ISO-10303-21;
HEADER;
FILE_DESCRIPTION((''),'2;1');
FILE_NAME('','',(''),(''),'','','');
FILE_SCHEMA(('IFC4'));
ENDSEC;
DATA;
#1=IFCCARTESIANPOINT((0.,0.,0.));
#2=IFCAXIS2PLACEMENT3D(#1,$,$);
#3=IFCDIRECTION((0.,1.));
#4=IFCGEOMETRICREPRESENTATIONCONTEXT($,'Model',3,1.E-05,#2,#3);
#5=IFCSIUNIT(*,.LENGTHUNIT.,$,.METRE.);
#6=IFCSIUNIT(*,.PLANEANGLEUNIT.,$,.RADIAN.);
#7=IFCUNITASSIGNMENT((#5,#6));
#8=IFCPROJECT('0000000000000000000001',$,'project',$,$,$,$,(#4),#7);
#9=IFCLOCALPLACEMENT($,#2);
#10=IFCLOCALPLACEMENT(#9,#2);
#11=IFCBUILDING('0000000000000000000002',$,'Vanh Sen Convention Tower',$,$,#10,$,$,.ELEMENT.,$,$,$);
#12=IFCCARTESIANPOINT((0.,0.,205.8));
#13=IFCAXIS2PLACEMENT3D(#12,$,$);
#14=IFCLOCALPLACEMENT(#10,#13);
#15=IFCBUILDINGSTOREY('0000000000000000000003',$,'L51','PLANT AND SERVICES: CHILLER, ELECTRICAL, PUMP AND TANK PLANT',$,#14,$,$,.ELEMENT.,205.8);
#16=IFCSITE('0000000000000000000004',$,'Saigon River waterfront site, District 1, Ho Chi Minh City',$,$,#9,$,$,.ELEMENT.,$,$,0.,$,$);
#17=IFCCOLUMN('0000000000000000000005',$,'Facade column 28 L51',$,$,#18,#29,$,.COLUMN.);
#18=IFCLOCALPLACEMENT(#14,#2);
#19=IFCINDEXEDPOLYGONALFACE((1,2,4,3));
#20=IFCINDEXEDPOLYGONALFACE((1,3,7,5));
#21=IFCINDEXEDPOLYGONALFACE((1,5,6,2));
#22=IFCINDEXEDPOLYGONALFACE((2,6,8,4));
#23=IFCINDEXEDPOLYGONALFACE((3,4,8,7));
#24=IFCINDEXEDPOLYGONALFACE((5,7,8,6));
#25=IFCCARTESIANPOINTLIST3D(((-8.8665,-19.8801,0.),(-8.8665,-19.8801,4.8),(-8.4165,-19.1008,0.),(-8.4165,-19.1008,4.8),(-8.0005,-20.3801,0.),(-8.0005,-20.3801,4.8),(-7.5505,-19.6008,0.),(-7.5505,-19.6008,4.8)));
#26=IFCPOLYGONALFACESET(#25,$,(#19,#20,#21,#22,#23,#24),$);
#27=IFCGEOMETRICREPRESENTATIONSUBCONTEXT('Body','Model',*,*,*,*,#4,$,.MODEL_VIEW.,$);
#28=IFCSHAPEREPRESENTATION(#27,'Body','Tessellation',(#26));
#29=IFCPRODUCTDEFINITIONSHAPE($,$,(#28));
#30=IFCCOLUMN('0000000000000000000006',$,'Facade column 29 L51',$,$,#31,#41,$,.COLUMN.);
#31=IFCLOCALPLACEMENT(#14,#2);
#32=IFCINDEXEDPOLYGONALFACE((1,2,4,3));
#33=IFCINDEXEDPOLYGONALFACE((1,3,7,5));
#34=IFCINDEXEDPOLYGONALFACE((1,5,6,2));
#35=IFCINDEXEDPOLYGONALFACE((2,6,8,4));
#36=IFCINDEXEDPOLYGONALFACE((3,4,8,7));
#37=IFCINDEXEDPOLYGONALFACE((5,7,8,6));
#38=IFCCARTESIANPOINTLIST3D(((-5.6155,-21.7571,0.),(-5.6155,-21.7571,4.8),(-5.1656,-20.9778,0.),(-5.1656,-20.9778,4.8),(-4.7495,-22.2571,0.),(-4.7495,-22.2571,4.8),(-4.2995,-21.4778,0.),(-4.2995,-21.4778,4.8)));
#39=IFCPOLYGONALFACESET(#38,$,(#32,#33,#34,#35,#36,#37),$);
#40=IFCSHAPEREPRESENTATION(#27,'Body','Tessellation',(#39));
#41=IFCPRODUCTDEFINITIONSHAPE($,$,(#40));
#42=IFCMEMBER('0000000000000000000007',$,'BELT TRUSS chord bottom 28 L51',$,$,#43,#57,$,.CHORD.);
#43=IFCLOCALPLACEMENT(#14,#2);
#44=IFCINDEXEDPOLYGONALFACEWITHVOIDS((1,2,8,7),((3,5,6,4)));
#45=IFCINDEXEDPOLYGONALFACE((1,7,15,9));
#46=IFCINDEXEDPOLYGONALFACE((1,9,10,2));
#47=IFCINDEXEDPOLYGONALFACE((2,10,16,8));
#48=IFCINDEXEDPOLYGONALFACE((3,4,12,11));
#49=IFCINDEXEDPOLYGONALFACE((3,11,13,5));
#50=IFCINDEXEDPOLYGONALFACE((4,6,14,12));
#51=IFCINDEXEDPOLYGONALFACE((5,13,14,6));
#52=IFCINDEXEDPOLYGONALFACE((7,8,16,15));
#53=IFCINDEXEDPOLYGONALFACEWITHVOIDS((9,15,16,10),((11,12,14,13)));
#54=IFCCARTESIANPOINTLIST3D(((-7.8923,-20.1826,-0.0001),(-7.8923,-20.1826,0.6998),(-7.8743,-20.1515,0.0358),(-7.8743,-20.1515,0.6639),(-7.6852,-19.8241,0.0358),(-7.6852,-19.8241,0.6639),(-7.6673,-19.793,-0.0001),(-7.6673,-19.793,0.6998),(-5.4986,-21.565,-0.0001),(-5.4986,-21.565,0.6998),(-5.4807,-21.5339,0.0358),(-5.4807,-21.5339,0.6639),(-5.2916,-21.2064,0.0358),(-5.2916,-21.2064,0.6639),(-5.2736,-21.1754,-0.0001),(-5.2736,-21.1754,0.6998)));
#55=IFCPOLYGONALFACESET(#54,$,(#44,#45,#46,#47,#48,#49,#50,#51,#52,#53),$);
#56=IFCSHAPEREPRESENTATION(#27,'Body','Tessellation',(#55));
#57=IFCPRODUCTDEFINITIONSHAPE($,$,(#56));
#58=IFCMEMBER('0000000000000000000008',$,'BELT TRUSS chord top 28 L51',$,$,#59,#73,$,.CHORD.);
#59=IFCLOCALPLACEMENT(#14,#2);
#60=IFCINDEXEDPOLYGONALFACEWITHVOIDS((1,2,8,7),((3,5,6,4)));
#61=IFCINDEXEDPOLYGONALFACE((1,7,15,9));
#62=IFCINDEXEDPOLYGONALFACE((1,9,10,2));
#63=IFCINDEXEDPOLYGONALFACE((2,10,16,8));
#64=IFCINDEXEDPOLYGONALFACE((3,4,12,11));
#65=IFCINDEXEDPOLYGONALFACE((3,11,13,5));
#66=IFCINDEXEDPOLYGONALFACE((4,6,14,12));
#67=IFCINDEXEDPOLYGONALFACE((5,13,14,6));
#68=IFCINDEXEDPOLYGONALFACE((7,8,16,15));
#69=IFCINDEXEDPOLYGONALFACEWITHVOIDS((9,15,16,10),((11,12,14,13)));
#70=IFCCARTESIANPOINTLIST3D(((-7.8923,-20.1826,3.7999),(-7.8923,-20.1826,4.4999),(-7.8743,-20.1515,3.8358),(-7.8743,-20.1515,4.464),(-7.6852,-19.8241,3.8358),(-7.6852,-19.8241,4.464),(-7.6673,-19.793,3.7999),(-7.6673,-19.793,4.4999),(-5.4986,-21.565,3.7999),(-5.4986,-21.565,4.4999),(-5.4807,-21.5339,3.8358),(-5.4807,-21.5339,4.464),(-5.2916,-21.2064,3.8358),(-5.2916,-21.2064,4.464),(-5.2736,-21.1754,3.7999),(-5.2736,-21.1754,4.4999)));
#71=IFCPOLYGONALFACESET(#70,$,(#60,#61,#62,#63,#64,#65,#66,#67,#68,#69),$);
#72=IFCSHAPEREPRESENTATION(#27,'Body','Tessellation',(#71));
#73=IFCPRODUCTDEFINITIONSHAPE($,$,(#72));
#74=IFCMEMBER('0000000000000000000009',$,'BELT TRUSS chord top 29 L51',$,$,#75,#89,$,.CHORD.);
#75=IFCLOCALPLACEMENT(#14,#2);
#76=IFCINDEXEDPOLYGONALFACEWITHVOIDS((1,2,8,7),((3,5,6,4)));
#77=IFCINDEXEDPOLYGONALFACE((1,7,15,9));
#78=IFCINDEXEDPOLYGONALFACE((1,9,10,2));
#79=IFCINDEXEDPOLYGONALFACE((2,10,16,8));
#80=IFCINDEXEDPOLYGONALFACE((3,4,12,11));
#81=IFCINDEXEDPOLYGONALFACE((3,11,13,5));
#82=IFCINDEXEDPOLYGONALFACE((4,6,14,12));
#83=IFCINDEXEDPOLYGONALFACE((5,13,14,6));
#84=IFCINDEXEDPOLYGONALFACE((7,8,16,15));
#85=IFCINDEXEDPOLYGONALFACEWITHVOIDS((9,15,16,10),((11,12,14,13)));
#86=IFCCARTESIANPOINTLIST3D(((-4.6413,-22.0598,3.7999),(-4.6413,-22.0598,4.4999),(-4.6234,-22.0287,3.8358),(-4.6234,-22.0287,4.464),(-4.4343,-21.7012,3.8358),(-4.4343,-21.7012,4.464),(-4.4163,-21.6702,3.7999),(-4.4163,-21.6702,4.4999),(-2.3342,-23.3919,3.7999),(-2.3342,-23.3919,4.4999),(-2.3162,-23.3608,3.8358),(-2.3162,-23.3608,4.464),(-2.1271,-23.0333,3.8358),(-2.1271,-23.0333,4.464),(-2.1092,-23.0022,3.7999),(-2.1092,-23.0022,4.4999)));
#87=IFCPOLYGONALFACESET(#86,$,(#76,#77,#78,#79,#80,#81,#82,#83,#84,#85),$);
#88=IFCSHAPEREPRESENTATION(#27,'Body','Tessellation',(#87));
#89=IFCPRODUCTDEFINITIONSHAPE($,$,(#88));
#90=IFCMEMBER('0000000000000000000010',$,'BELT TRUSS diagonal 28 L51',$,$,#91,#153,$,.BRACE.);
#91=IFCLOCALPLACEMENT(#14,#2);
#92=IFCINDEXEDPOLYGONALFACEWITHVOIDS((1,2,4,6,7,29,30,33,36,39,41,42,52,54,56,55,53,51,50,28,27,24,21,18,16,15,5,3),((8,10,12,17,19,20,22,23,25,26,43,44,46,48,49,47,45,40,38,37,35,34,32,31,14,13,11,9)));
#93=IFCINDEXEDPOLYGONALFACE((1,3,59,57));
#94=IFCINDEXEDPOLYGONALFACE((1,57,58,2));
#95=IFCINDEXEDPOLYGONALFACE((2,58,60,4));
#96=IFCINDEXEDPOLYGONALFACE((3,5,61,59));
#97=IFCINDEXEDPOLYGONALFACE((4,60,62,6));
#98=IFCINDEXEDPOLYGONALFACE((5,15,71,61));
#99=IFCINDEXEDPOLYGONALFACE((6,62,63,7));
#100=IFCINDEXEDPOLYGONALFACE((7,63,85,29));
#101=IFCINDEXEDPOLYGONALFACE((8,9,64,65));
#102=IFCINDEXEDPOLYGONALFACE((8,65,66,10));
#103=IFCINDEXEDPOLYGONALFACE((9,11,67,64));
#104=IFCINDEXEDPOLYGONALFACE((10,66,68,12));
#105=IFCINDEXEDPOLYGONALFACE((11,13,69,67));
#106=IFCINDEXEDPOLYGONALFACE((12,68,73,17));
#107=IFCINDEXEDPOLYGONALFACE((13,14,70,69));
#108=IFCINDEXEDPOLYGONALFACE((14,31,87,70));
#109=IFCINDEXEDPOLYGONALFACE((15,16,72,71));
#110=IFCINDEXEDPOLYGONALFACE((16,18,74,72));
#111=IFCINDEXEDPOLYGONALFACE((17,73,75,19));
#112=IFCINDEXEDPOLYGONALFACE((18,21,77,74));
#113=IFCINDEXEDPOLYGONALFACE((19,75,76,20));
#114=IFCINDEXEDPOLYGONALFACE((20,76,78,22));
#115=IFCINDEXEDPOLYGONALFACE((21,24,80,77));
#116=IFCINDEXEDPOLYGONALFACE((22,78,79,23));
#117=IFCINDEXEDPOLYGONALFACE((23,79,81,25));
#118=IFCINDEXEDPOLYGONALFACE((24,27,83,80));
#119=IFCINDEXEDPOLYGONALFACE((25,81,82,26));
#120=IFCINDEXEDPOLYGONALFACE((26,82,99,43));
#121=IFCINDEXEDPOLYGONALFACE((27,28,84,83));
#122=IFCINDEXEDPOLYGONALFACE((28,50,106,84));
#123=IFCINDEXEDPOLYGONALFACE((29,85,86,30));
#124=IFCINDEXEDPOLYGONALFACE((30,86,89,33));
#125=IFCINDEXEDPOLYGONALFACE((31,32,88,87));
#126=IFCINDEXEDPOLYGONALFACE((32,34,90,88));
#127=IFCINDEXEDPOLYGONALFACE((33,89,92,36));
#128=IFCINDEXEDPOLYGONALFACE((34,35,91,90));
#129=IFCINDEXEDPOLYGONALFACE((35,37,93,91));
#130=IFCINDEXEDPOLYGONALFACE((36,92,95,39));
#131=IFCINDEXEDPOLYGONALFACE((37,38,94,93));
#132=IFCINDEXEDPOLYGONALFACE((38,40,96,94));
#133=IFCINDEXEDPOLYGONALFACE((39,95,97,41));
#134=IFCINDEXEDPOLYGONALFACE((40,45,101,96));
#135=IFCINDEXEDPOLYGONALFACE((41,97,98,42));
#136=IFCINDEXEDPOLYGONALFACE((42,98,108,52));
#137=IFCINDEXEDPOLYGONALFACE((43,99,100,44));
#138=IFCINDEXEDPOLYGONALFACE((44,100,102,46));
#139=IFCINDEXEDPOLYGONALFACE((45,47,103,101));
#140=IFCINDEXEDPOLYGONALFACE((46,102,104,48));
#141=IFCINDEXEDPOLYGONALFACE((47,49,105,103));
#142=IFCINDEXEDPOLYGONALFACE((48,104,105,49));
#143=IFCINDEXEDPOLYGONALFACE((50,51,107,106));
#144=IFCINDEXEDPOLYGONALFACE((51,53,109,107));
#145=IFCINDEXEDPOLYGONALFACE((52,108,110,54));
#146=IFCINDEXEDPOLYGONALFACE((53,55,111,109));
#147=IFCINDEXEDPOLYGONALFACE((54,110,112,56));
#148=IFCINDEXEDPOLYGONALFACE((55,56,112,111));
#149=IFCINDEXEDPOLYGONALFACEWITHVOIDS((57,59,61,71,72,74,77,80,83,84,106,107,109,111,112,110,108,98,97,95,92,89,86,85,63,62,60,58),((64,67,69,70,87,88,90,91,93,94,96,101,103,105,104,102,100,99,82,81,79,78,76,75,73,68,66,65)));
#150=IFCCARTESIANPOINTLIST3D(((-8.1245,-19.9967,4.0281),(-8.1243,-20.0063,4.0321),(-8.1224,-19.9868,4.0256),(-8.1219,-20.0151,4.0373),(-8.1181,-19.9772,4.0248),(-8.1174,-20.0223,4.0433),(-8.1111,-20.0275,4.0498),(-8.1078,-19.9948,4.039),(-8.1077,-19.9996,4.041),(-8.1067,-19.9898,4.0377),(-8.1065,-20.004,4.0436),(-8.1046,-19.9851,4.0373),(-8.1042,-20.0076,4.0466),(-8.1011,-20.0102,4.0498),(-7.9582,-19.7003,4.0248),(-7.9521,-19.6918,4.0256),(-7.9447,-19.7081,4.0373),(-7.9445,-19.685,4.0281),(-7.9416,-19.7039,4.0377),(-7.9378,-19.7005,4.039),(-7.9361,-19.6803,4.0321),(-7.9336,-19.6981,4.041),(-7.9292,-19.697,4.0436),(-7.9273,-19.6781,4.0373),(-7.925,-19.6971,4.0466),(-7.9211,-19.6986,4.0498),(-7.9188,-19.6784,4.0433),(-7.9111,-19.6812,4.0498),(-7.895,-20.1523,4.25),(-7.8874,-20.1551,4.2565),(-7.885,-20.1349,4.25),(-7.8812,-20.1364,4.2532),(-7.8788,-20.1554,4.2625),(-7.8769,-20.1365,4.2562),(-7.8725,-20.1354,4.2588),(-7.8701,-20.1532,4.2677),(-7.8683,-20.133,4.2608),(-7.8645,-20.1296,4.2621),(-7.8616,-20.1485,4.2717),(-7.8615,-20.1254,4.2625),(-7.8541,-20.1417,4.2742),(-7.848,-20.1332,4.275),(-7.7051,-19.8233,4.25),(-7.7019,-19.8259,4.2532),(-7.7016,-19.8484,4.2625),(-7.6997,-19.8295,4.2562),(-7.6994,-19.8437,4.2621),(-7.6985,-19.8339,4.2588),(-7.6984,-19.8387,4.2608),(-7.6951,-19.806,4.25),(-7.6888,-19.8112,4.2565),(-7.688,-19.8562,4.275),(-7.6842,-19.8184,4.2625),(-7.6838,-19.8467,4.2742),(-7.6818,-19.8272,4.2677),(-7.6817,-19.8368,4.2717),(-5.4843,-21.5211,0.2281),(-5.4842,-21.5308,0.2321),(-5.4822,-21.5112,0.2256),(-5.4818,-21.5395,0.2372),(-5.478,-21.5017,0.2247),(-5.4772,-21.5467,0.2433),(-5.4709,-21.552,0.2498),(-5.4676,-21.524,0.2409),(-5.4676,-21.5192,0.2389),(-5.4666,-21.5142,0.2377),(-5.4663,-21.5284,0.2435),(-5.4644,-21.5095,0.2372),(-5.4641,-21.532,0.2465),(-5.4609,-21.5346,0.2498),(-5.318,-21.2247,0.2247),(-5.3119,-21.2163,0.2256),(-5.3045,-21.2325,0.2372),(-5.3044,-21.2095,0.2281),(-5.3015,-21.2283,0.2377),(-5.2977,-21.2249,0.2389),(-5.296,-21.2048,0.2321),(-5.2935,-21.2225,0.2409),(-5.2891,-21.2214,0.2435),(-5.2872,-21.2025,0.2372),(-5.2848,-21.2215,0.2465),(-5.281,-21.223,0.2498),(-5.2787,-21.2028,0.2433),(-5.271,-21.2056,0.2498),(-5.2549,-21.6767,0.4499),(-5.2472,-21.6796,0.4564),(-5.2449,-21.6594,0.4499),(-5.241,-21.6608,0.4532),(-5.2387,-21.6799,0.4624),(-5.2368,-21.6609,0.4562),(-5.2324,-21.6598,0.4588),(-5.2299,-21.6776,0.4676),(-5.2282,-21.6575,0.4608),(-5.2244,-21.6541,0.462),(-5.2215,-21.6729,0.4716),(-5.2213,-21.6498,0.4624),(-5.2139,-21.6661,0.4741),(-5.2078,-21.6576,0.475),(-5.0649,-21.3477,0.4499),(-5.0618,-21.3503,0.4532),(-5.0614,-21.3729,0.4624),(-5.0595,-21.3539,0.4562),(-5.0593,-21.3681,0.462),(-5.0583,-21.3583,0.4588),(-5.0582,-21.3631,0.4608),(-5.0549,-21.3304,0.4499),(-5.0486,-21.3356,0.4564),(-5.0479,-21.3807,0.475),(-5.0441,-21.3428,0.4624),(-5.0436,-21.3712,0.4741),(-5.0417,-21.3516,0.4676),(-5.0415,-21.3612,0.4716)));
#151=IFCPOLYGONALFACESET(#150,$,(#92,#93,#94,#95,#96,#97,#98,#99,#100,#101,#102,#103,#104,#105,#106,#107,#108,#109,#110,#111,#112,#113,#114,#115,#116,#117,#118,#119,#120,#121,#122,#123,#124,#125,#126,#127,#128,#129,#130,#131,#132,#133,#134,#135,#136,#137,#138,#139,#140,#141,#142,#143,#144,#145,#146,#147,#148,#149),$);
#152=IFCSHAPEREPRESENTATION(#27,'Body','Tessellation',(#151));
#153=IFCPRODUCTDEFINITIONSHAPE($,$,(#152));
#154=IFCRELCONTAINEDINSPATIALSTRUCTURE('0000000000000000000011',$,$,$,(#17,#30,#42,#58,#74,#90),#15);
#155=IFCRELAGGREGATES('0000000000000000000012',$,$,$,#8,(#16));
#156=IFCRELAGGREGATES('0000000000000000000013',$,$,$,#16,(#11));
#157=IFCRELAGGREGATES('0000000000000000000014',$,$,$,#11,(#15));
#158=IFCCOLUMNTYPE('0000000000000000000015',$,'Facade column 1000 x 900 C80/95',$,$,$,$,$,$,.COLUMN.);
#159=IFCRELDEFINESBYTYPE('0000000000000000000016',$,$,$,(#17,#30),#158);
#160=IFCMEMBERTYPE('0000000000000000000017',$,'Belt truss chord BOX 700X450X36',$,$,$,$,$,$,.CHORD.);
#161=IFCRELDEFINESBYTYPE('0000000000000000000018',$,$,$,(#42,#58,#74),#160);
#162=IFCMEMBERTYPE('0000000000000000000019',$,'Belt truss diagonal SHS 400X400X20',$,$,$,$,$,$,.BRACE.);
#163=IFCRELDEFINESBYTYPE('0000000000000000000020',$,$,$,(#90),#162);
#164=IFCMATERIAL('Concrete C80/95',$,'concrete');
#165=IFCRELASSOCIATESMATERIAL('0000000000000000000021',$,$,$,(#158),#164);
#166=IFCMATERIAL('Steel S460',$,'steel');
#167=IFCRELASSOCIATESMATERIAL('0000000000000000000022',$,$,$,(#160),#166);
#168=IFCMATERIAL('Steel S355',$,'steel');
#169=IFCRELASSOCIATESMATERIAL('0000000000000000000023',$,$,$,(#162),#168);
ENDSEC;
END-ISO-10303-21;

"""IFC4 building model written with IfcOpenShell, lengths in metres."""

from ifc_helpers import new_model, si_unit, direction, frame, origin, origin_2d, place, context, subcontext, project, spatial, rectangle, hollow_rectangle, extrude, material, material_profile, profile_set, type_object, element, save


model = new_model("IFC4")

# Units and contexts
model_context = context("Model", 3, precision=1e-05, world=origin(), true_north=direction((0.0, 1.0)))
body_context = subcontext(model_context, "Body", "Model", "MODEL_VIEW")
ifc_project = project(units=[si_unit("LENGTHUNIT", "METRE"), si_unit("PLANEANGLEUNIT", "RADIAN")], contexts=[model_context])

# Site, building, storey
site_placement = place(None, origin())
site = spatial("IfcSite", under=ifc_project, at=site_placement, Name="Saigon River waterfront site, District 1, Ho Chi Minh City", CompositionType="ELEMENT", RefElevation=0.0)
building_placement = place(site_placement, origin())
building = spatial("IfcBuilding", under=site, at=building_placement, Name="Vanh Sen Convention Tower", CompositionType="ELEMENT")
storey_placement = place(building_placement, frame((0.0, 0.0, 205.8)))
storey = spatial("IfcBuildingStorey", under=building, at=storey_placement, Name="L51", Description="PLANT AND SERVICES: CHILLER, ELECTRICAL, PUMP AND TANK PLANT", CompositionType="ELEMENT", Elevation=205.8)

# Columns
ifc_material_1 = material(Name="Concrete C80/95", Category="concrete")
ifc_material_profile_1 = material_profile(ifc_material_1, rectangle(XDim=1.0, YDim=0.8999, at=origin_2d()), Name="RC 1000X900")
ifc_profile_set_1 = profile_set([ifc_material_profile_1], Name="Concrete C80/95")
column_type = type_object("IfcColumnType", Name="Facade column 1000 x 900 C80/95", PredefinedType="COLUMN", material=ifc_profile_set_1)
for number, where, z_axis, x_axis, name in (
    (1, (-8.2085, -19.7405, 0.0), (0.0, 0.0, 1.0), (0.866025, -0.5, 0.0), "Facade column 28 L51"),
    (2, (-4.9575, -21.6174, 0.0), (0.0, 0.0, 1.0), (0.866025, -0.5, 0.0), "Facade column 29 L51"),
):
    element("IfcColumn", number, at=place(storey_placement, frame(where, z_axis=z_axis, x_axis=x_axis)), inside=storey, type_object=column_type, Name=name, PredefinedType="COLUMN", context=body_context, shape_type="SweptSolid", body=[
        extrude(rectangle(XDim=1.0, YDim=0.8999, at=origin_2d()), origin(), (0.0, 0.0, 1.0), 4.8),
    ])

# Members
ifc_material_2 = material(Name="Steel S460", Category="steel")
ifc_material_profile_2 = material_profile(ifc_material_2, hollow_rectangle(XDim=0.45, YDim=0.7, WallThickness=0.0359, at=origin_2d()), Name="BOX 700X450X36")
ifc_profile_set_2 = profile_set([ifc_material_profile_2], Name="Steel S460")
member_type_1 = type_object("IfcMemberType", Name="Belt truss chord BOX 700X450X36", PredefinedType="CHORD", material=ifc_profile_set_2)
for number, where, z_axis, x_axis, name in (
    (3, (-7.7798, -19.9878, 0.3499), (0.865962, -0.50011, 0.0), (0.50011, 0.865962, 0.0), "BELT TRUSS chord bottom 28 L51"),
    (4, (-7.7798, -19.9878, 4.1499), (0.865962, -0.50011, 0.0), (0.50011, 0.865962, 0.0), "BELT TRUSS chord top 28 L51"),
):
    element("IfcMember", number, at=place(storey_placement, frame(where, z_axis=z_axis, x_axis=x_axis)), inside=storey, type_object=member_type_1, Name=name, PredefinedType="CHORD", context=body_context, shape_type="SweptSolid", body=[
        extrude(hollow_rectangle(XDim=0.45, YDim=0.7, WallThickness=0.0359, at=origin_2d()), origin(), (0.0, 0.0, 1.0), 2.7642),
    ])
member_1_placement = place(storey_placement, frame((-4.5288, -21.865, 4.1499), z_axis=(0.866024, -0.500003, 0.0), x_axis=(0.500003, 0.866024, 0.0)))
element("IfcMember", 5, at=member_1_placement, inside=storey, type_object=member_type_1, Name="BELT TRUSS chord top 29 L51", PredefinedType="CHORD", context=body_context, shape_type="SweptSolid", body=[
    extrude(hollow_rectangle(XDim=0.45, YDim=0.7, WallThickness=0.0359, at=origin_2d()), origin(), (0.0, 0.0, 1.0), 2.6641),
])
ifc_material_3 = material(Name="Steel S355", Category="steel")
ifc_material_profile_3 = material_profile(ifc_material_3, hollow_rectangle(XDim=0.3999, YDim=0.3999, WallThickness=0.02, InnerFilletRadius=0.02, OuterFilletRadius=0.04, at=origin_2d()), Name="SHS 400X400X20")
ifc_profile_set_3 = profile_set([ifc_material_profile_3], Name="Steel S355")
member_type_2 = type_object("IfcMemberType", Name="Belt truss diagonal SHS 400X400X20", PredefinedType="BRACE", material=ifc_profile_set_3)
member_2_placement = place(storey_placement, frame((-7.9031, -19.9167, 4.1499), z_axis=(0.541921, -0.312905, -0.780008), x_axis=(0.500032, 0.866007, 0.0)))
element("IfcMember", 6, at=member_2_placement, inside=storey, type_object=member_type_2, Name="BELT TRUSS diagonal 28 L51", PredefinedType="BRACE", context=body_context, shape_type="SweptSolid", body=[
    extrude(hollow_rectangle(XDim=0.3999, YDim=0.3999, WallThickness=0.02, InnerFilletRadius=0.02, OuterFilletRadius=0.04, at=origin_2d()), origin(), (0.0, 0.0, 1.0), 4.8718),
])

save(model, "model.ifc")
